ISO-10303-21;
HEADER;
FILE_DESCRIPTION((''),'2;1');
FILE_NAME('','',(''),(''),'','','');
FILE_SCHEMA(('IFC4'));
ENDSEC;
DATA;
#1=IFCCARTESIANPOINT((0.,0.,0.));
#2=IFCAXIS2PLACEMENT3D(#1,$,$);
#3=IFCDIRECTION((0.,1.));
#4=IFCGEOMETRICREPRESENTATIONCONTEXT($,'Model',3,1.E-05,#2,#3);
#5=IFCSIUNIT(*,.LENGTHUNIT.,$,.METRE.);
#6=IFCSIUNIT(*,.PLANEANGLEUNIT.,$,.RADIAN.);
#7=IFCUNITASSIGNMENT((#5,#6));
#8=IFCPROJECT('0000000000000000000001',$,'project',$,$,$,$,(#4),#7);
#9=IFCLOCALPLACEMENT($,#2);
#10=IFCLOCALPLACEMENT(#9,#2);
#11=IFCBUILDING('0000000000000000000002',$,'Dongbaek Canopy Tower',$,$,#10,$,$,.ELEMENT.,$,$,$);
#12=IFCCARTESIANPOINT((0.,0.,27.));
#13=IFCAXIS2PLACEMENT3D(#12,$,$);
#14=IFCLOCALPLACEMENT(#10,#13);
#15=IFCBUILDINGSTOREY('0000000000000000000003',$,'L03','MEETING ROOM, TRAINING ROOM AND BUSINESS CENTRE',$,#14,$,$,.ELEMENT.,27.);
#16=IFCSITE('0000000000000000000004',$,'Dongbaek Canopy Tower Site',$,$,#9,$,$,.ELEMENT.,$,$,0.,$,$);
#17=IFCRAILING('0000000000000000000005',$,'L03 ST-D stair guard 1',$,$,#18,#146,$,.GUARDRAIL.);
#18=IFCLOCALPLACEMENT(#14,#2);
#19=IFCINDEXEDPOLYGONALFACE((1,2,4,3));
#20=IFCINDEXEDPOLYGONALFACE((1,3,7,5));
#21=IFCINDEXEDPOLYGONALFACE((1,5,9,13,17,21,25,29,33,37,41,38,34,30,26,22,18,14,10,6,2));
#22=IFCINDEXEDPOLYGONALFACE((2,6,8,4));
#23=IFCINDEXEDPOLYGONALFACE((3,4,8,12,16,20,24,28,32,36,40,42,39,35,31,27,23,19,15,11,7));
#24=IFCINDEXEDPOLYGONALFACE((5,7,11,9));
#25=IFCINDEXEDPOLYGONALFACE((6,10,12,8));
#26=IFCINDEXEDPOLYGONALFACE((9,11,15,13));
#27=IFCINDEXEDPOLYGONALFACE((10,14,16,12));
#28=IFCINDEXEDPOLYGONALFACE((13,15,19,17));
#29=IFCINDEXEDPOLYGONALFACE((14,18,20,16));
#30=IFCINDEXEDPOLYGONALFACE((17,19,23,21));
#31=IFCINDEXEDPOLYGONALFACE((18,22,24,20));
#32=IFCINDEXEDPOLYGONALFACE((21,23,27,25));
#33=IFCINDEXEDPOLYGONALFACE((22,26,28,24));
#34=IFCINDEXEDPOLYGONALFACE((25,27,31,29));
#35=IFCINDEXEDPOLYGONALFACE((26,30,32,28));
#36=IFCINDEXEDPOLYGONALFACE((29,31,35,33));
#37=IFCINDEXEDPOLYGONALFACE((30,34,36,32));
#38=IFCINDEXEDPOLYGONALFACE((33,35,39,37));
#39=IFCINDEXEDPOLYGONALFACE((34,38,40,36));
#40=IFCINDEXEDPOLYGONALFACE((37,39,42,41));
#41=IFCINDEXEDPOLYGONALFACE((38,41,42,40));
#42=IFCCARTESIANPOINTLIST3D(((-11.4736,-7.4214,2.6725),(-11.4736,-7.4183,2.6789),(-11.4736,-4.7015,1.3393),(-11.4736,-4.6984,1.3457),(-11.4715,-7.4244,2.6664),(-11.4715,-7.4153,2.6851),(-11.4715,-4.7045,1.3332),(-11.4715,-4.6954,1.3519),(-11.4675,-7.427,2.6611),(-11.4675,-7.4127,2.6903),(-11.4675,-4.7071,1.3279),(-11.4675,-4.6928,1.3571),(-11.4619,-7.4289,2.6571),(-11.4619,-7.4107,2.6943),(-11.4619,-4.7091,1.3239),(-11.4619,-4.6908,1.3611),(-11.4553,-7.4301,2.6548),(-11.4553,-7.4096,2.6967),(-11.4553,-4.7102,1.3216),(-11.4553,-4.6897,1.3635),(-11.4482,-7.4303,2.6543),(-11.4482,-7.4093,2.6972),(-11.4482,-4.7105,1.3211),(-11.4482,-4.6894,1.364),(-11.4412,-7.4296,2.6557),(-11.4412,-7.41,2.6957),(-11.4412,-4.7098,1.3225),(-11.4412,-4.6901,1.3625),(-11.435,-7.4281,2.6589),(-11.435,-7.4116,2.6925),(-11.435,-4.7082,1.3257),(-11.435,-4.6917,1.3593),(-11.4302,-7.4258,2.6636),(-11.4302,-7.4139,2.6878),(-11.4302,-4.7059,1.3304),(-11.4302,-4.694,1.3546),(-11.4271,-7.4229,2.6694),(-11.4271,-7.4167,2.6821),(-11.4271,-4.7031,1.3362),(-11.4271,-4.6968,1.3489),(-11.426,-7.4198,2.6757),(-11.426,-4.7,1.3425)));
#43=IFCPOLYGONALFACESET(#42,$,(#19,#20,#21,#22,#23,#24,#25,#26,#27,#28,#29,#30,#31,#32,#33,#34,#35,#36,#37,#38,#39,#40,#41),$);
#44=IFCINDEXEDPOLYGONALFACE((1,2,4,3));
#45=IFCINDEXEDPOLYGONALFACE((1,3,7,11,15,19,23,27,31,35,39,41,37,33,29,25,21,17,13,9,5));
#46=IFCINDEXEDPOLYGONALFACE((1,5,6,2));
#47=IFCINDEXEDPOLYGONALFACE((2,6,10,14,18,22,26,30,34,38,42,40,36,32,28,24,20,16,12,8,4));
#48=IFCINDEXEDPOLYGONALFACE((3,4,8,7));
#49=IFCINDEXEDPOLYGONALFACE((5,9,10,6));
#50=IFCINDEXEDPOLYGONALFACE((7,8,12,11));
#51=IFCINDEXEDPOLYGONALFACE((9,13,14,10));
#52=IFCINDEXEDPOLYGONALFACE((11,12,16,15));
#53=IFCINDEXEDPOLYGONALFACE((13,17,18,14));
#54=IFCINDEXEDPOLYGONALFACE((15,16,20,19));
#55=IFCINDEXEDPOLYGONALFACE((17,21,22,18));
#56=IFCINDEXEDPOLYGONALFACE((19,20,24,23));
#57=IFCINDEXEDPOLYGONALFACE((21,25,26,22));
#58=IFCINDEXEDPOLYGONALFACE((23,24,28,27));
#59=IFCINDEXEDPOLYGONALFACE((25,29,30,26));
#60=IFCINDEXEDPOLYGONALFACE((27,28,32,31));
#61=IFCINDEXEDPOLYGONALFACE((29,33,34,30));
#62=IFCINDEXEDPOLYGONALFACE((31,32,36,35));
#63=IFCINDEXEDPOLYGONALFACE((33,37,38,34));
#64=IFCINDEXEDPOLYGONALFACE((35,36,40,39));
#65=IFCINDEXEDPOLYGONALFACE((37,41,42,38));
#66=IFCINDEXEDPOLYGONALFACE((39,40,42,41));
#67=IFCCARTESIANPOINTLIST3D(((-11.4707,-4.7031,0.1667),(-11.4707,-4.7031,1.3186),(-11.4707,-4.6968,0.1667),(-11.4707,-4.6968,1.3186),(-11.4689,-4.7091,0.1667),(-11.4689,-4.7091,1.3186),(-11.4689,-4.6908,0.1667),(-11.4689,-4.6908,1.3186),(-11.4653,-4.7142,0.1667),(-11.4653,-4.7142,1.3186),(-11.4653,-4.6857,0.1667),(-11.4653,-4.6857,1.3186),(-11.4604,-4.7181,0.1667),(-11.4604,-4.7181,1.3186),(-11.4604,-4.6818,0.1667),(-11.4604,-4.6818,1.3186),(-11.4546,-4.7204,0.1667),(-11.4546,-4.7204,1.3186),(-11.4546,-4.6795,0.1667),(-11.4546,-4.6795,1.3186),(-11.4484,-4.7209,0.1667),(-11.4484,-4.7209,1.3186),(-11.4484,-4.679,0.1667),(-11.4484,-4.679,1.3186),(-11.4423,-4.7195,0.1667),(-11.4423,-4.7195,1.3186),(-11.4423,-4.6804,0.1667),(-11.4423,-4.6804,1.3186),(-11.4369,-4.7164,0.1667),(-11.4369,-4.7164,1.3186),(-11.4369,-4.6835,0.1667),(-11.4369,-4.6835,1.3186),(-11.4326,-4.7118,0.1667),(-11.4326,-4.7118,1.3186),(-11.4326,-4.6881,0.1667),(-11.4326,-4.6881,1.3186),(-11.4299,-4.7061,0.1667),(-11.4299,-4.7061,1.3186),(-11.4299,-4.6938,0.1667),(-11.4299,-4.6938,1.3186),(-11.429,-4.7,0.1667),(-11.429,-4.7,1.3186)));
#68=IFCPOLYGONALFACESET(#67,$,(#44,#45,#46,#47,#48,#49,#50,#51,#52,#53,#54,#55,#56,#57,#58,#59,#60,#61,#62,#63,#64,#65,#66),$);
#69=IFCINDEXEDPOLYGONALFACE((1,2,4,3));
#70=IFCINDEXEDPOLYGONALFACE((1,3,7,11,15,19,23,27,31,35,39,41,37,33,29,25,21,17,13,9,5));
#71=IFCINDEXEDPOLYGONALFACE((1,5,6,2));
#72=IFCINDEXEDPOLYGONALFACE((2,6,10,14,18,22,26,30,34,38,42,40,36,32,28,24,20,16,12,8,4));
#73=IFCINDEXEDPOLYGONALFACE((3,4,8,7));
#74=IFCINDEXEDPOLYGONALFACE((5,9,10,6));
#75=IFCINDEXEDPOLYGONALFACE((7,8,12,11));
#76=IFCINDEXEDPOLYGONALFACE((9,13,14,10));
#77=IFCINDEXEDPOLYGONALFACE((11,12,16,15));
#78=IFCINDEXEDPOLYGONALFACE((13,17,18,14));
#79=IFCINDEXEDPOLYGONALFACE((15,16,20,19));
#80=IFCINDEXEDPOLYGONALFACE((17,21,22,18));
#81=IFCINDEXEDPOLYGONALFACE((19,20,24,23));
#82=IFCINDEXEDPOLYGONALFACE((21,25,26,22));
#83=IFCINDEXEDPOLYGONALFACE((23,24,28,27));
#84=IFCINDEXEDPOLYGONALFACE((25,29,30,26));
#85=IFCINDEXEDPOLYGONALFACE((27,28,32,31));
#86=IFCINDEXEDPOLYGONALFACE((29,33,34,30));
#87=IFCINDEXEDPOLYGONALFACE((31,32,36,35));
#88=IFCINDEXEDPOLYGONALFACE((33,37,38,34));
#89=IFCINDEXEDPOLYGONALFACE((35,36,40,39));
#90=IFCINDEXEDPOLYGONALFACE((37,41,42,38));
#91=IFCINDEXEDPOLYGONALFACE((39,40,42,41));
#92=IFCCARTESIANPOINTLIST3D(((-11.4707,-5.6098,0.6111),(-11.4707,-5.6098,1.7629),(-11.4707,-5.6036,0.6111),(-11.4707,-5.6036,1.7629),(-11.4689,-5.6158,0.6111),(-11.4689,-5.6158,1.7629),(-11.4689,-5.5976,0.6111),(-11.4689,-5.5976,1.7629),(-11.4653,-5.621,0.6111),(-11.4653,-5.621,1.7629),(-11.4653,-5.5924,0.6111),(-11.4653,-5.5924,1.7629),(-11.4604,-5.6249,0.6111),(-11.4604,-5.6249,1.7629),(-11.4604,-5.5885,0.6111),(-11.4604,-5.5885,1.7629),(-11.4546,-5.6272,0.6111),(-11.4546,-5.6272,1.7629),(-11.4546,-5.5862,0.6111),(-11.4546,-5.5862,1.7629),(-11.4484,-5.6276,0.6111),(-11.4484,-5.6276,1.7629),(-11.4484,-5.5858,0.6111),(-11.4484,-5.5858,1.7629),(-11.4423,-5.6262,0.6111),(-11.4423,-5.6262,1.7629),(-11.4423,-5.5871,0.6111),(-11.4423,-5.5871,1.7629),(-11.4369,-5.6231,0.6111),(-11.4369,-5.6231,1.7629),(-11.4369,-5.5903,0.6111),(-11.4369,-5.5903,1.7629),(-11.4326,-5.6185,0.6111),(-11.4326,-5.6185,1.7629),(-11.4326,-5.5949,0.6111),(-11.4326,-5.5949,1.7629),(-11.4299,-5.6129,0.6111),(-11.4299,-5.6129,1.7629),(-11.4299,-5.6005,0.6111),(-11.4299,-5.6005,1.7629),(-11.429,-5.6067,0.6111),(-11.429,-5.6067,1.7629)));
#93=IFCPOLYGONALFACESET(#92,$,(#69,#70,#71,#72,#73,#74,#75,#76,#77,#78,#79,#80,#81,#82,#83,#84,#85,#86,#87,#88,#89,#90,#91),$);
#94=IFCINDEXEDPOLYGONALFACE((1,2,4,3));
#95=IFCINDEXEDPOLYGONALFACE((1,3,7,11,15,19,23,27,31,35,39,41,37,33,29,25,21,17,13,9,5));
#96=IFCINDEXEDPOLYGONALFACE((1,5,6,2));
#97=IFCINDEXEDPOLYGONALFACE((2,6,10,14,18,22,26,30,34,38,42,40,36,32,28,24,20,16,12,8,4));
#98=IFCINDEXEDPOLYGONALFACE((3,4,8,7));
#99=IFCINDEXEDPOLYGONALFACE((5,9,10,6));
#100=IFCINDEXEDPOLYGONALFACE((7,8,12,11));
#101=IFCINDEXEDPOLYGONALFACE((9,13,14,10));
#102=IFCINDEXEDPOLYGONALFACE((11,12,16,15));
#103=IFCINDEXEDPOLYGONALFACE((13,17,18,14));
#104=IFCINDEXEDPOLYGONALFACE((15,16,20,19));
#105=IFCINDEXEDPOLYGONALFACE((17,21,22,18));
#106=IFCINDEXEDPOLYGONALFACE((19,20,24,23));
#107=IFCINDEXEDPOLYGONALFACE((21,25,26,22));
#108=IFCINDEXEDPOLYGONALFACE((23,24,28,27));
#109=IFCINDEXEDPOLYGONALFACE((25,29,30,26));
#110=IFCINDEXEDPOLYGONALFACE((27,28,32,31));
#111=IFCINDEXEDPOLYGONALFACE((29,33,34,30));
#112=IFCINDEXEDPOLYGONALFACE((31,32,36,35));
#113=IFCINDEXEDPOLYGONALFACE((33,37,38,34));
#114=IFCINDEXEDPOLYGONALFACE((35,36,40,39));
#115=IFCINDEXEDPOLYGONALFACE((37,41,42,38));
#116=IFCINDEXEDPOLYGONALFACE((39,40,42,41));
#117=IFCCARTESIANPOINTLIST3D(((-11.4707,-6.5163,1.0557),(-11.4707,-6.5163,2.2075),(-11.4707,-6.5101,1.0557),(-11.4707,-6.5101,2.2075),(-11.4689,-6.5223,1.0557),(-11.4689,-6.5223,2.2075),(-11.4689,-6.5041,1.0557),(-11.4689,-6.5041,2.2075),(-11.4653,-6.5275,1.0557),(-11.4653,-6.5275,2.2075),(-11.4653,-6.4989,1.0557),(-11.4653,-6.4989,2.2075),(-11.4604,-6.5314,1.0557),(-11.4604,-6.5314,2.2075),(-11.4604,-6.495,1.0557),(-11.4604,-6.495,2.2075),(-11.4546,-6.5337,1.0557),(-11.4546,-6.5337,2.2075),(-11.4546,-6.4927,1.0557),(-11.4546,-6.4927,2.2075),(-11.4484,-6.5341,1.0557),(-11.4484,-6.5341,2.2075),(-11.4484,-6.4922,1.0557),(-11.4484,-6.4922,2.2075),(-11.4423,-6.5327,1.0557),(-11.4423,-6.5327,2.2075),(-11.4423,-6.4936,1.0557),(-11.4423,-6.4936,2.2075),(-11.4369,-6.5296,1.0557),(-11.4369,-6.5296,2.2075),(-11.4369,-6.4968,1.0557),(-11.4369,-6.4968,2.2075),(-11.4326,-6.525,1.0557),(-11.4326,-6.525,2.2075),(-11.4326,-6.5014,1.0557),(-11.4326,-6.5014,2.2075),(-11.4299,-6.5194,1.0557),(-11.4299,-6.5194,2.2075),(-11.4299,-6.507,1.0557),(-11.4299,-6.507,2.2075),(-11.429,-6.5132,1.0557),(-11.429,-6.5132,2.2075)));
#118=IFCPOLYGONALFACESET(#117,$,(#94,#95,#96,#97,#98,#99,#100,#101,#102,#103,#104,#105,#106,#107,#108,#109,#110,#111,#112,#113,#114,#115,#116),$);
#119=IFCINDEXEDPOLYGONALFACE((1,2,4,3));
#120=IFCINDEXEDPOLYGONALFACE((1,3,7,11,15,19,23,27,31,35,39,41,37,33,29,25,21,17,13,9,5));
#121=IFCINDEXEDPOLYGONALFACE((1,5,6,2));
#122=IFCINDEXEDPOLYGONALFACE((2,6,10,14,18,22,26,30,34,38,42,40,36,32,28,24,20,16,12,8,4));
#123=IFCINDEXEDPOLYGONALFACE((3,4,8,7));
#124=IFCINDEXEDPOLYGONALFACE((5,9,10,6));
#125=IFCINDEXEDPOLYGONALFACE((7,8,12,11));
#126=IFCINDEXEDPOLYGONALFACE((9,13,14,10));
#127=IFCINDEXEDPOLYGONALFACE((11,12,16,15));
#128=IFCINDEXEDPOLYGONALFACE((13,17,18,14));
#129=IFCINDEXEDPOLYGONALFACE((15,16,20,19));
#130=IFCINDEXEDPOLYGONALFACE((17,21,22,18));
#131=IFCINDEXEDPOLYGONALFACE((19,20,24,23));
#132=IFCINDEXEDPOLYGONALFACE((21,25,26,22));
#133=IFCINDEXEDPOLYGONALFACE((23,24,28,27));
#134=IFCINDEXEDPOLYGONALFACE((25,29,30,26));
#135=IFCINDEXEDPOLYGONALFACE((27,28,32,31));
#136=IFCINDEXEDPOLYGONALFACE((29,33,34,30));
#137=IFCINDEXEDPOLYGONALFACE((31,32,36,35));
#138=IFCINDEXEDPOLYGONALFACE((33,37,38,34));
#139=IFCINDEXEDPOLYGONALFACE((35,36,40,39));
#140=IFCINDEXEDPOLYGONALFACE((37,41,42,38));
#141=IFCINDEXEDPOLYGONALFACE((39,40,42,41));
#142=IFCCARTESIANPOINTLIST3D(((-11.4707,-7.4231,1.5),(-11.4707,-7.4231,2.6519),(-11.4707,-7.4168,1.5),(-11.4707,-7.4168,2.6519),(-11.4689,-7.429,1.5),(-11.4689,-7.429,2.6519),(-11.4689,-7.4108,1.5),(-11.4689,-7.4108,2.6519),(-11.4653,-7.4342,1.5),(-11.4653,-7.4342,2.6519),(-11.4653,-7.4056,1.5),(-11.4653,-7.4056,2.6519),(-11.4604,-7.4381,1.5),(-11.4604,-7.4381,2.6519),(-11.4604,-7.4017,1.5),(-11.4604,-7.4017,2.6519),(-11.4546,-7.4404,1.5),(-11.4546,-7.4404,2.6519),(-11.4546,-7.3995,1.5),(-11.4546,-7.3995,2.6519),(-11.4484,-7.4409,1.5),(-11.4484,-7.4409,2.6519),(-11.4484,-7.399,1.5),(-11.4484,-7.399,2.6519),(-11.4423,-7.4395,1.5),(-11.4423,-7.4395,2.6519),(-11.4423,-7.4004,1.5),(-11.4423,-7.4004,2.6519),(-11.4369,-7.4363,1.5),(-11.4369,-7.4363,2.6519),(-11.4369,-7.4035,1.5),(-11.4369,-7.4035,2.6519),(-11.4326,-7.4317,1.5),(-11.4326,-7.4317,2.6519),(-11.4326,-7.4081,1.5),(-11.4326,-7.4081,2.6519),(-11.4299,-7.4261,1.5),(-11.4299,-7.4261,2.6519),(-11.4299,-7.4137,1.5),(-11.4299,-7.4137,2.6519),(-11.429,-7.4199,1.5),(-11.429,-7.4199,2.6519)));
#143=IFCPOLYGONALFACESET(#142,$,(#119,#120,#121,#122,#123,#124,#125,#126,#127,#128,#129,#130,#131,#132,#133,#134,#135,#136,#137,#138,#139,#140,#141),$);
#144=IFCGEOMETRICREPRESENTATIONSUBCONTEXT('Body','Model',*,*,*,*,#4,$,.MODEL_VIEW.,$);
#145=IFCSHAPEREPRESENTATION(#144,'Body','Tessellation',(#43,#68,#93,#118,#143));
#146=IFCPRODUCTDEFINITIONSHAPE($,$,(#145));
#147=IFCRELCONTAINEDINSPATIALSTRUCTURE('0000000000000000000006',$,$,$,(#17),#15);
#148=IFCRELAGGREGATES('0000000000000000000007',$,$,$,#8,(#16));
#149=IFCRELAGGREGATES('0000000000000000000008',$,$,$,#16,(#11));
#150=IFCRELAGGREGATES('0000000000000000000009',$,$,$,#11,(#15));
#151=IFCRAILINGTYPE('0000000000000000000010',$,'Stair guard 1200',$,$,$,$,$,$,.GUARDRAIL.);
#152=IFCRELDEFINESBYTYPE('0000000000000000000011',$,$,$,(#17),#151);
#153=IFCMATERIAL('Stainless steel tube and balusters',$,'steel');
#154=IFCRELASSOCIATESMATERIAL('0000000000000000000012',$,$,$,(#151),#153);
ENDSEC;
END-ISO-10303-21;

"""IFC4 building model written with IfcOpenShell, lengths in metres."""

from ifc_helpers import new_model, si_unit, direction, frame, origin, origin_2d, place, context, subcontext, project, spatial, circle, extrude, material, type_object, element, save


model = new_model("IFC4")

# Units and contexts
model_context = context("Model", 3, precision=1e-05, world=origin(), true_north=direction((0.0, 1.0)))
body_context = subcontext(model_context, "Body", "Model", "MODEL_VIEW")
ifc_project = project(units=[si_unit("LENGTHUNIT", "METRE"), si_unit("PLANEANGLEUNIT", "RADIAN")], contexts=[model_context])

# Site, building, storey
site_placement = place(None, origin())
site = spatial("IfcSite", under=ifc_project, at=site_placement, Name="Dongbaek Canopy Tower Site", CompositionType="ELEMENT", RefElevation=0.0)
building_placement = place(site_placement, origin())
building = spatial("IfcBuilding", under=site, at=building_placement, Name="Dongbaek Canopy Tower", CompositionType="ELEMENT")
storey_placement = place(building_placement, frame((0.0, 0.0, 27.0)))
storey = spatial("IfcBuildingStorey", under=building, at=storey_placement, Name="L03", Description="MEETING ROOM, TRAINING ROOM AND BUSINESS CENTRE", CompositionType="ELEMENT", Elevation=27.0)

# Railing
ifc_material_1 = material(Name="Stainless steel tube and balusters", Category="steel")
railing_type_1 = type_object("IfcRailingType", Name="Stair guard 1200", PredefinedType="GUARDRAIL", material=ifc_material_1)
railing_1_placement = place(storey_placement, frame((-11.45, -4.7, 0.1667)))
element("IfcRailing", 1, at=railing_1_placement, inside=storey, type_object=railing_type_1, Name="L03 ST-D stair guard 1", PredefinedType="GUARDRAIL", context=body_context, shape_type="SweptSolid", body=[
    extrude(circle(Radius=0.0239, at=origin_2d()), frame((0.0, 0.0, 1.1758), z_axis=(0.0, -0.897929, 0.440139), x_axis=(1.0, 0.0, 0.0)), (0.0, 0.0, 1.0), 3.0291),
    extrude(circle(Radius=0.021, at=origin_2d()), origin(), (0.0, 0.0, 1.0), 1.1519),
    extrude(circle(Radius=0.021, at=origin_2d()), frame((0.0, -0.9067, 0.4443)), (0.0, 0.0, 1.0), 1.1519),
    extrude(circle(Radius=0.021, at=origin_2d()), frame((0.0, -1.8132, 0.8889)), (0.0, 0.0, 1.0), 1.1519),
    extrude(circle(Radius=0.021, at=origin_2d()), frame((0.0, -2.72, 1.3333)), (0.0, 0.0, 1.0), 1.1519),
])

save(model, "model.ifc")
